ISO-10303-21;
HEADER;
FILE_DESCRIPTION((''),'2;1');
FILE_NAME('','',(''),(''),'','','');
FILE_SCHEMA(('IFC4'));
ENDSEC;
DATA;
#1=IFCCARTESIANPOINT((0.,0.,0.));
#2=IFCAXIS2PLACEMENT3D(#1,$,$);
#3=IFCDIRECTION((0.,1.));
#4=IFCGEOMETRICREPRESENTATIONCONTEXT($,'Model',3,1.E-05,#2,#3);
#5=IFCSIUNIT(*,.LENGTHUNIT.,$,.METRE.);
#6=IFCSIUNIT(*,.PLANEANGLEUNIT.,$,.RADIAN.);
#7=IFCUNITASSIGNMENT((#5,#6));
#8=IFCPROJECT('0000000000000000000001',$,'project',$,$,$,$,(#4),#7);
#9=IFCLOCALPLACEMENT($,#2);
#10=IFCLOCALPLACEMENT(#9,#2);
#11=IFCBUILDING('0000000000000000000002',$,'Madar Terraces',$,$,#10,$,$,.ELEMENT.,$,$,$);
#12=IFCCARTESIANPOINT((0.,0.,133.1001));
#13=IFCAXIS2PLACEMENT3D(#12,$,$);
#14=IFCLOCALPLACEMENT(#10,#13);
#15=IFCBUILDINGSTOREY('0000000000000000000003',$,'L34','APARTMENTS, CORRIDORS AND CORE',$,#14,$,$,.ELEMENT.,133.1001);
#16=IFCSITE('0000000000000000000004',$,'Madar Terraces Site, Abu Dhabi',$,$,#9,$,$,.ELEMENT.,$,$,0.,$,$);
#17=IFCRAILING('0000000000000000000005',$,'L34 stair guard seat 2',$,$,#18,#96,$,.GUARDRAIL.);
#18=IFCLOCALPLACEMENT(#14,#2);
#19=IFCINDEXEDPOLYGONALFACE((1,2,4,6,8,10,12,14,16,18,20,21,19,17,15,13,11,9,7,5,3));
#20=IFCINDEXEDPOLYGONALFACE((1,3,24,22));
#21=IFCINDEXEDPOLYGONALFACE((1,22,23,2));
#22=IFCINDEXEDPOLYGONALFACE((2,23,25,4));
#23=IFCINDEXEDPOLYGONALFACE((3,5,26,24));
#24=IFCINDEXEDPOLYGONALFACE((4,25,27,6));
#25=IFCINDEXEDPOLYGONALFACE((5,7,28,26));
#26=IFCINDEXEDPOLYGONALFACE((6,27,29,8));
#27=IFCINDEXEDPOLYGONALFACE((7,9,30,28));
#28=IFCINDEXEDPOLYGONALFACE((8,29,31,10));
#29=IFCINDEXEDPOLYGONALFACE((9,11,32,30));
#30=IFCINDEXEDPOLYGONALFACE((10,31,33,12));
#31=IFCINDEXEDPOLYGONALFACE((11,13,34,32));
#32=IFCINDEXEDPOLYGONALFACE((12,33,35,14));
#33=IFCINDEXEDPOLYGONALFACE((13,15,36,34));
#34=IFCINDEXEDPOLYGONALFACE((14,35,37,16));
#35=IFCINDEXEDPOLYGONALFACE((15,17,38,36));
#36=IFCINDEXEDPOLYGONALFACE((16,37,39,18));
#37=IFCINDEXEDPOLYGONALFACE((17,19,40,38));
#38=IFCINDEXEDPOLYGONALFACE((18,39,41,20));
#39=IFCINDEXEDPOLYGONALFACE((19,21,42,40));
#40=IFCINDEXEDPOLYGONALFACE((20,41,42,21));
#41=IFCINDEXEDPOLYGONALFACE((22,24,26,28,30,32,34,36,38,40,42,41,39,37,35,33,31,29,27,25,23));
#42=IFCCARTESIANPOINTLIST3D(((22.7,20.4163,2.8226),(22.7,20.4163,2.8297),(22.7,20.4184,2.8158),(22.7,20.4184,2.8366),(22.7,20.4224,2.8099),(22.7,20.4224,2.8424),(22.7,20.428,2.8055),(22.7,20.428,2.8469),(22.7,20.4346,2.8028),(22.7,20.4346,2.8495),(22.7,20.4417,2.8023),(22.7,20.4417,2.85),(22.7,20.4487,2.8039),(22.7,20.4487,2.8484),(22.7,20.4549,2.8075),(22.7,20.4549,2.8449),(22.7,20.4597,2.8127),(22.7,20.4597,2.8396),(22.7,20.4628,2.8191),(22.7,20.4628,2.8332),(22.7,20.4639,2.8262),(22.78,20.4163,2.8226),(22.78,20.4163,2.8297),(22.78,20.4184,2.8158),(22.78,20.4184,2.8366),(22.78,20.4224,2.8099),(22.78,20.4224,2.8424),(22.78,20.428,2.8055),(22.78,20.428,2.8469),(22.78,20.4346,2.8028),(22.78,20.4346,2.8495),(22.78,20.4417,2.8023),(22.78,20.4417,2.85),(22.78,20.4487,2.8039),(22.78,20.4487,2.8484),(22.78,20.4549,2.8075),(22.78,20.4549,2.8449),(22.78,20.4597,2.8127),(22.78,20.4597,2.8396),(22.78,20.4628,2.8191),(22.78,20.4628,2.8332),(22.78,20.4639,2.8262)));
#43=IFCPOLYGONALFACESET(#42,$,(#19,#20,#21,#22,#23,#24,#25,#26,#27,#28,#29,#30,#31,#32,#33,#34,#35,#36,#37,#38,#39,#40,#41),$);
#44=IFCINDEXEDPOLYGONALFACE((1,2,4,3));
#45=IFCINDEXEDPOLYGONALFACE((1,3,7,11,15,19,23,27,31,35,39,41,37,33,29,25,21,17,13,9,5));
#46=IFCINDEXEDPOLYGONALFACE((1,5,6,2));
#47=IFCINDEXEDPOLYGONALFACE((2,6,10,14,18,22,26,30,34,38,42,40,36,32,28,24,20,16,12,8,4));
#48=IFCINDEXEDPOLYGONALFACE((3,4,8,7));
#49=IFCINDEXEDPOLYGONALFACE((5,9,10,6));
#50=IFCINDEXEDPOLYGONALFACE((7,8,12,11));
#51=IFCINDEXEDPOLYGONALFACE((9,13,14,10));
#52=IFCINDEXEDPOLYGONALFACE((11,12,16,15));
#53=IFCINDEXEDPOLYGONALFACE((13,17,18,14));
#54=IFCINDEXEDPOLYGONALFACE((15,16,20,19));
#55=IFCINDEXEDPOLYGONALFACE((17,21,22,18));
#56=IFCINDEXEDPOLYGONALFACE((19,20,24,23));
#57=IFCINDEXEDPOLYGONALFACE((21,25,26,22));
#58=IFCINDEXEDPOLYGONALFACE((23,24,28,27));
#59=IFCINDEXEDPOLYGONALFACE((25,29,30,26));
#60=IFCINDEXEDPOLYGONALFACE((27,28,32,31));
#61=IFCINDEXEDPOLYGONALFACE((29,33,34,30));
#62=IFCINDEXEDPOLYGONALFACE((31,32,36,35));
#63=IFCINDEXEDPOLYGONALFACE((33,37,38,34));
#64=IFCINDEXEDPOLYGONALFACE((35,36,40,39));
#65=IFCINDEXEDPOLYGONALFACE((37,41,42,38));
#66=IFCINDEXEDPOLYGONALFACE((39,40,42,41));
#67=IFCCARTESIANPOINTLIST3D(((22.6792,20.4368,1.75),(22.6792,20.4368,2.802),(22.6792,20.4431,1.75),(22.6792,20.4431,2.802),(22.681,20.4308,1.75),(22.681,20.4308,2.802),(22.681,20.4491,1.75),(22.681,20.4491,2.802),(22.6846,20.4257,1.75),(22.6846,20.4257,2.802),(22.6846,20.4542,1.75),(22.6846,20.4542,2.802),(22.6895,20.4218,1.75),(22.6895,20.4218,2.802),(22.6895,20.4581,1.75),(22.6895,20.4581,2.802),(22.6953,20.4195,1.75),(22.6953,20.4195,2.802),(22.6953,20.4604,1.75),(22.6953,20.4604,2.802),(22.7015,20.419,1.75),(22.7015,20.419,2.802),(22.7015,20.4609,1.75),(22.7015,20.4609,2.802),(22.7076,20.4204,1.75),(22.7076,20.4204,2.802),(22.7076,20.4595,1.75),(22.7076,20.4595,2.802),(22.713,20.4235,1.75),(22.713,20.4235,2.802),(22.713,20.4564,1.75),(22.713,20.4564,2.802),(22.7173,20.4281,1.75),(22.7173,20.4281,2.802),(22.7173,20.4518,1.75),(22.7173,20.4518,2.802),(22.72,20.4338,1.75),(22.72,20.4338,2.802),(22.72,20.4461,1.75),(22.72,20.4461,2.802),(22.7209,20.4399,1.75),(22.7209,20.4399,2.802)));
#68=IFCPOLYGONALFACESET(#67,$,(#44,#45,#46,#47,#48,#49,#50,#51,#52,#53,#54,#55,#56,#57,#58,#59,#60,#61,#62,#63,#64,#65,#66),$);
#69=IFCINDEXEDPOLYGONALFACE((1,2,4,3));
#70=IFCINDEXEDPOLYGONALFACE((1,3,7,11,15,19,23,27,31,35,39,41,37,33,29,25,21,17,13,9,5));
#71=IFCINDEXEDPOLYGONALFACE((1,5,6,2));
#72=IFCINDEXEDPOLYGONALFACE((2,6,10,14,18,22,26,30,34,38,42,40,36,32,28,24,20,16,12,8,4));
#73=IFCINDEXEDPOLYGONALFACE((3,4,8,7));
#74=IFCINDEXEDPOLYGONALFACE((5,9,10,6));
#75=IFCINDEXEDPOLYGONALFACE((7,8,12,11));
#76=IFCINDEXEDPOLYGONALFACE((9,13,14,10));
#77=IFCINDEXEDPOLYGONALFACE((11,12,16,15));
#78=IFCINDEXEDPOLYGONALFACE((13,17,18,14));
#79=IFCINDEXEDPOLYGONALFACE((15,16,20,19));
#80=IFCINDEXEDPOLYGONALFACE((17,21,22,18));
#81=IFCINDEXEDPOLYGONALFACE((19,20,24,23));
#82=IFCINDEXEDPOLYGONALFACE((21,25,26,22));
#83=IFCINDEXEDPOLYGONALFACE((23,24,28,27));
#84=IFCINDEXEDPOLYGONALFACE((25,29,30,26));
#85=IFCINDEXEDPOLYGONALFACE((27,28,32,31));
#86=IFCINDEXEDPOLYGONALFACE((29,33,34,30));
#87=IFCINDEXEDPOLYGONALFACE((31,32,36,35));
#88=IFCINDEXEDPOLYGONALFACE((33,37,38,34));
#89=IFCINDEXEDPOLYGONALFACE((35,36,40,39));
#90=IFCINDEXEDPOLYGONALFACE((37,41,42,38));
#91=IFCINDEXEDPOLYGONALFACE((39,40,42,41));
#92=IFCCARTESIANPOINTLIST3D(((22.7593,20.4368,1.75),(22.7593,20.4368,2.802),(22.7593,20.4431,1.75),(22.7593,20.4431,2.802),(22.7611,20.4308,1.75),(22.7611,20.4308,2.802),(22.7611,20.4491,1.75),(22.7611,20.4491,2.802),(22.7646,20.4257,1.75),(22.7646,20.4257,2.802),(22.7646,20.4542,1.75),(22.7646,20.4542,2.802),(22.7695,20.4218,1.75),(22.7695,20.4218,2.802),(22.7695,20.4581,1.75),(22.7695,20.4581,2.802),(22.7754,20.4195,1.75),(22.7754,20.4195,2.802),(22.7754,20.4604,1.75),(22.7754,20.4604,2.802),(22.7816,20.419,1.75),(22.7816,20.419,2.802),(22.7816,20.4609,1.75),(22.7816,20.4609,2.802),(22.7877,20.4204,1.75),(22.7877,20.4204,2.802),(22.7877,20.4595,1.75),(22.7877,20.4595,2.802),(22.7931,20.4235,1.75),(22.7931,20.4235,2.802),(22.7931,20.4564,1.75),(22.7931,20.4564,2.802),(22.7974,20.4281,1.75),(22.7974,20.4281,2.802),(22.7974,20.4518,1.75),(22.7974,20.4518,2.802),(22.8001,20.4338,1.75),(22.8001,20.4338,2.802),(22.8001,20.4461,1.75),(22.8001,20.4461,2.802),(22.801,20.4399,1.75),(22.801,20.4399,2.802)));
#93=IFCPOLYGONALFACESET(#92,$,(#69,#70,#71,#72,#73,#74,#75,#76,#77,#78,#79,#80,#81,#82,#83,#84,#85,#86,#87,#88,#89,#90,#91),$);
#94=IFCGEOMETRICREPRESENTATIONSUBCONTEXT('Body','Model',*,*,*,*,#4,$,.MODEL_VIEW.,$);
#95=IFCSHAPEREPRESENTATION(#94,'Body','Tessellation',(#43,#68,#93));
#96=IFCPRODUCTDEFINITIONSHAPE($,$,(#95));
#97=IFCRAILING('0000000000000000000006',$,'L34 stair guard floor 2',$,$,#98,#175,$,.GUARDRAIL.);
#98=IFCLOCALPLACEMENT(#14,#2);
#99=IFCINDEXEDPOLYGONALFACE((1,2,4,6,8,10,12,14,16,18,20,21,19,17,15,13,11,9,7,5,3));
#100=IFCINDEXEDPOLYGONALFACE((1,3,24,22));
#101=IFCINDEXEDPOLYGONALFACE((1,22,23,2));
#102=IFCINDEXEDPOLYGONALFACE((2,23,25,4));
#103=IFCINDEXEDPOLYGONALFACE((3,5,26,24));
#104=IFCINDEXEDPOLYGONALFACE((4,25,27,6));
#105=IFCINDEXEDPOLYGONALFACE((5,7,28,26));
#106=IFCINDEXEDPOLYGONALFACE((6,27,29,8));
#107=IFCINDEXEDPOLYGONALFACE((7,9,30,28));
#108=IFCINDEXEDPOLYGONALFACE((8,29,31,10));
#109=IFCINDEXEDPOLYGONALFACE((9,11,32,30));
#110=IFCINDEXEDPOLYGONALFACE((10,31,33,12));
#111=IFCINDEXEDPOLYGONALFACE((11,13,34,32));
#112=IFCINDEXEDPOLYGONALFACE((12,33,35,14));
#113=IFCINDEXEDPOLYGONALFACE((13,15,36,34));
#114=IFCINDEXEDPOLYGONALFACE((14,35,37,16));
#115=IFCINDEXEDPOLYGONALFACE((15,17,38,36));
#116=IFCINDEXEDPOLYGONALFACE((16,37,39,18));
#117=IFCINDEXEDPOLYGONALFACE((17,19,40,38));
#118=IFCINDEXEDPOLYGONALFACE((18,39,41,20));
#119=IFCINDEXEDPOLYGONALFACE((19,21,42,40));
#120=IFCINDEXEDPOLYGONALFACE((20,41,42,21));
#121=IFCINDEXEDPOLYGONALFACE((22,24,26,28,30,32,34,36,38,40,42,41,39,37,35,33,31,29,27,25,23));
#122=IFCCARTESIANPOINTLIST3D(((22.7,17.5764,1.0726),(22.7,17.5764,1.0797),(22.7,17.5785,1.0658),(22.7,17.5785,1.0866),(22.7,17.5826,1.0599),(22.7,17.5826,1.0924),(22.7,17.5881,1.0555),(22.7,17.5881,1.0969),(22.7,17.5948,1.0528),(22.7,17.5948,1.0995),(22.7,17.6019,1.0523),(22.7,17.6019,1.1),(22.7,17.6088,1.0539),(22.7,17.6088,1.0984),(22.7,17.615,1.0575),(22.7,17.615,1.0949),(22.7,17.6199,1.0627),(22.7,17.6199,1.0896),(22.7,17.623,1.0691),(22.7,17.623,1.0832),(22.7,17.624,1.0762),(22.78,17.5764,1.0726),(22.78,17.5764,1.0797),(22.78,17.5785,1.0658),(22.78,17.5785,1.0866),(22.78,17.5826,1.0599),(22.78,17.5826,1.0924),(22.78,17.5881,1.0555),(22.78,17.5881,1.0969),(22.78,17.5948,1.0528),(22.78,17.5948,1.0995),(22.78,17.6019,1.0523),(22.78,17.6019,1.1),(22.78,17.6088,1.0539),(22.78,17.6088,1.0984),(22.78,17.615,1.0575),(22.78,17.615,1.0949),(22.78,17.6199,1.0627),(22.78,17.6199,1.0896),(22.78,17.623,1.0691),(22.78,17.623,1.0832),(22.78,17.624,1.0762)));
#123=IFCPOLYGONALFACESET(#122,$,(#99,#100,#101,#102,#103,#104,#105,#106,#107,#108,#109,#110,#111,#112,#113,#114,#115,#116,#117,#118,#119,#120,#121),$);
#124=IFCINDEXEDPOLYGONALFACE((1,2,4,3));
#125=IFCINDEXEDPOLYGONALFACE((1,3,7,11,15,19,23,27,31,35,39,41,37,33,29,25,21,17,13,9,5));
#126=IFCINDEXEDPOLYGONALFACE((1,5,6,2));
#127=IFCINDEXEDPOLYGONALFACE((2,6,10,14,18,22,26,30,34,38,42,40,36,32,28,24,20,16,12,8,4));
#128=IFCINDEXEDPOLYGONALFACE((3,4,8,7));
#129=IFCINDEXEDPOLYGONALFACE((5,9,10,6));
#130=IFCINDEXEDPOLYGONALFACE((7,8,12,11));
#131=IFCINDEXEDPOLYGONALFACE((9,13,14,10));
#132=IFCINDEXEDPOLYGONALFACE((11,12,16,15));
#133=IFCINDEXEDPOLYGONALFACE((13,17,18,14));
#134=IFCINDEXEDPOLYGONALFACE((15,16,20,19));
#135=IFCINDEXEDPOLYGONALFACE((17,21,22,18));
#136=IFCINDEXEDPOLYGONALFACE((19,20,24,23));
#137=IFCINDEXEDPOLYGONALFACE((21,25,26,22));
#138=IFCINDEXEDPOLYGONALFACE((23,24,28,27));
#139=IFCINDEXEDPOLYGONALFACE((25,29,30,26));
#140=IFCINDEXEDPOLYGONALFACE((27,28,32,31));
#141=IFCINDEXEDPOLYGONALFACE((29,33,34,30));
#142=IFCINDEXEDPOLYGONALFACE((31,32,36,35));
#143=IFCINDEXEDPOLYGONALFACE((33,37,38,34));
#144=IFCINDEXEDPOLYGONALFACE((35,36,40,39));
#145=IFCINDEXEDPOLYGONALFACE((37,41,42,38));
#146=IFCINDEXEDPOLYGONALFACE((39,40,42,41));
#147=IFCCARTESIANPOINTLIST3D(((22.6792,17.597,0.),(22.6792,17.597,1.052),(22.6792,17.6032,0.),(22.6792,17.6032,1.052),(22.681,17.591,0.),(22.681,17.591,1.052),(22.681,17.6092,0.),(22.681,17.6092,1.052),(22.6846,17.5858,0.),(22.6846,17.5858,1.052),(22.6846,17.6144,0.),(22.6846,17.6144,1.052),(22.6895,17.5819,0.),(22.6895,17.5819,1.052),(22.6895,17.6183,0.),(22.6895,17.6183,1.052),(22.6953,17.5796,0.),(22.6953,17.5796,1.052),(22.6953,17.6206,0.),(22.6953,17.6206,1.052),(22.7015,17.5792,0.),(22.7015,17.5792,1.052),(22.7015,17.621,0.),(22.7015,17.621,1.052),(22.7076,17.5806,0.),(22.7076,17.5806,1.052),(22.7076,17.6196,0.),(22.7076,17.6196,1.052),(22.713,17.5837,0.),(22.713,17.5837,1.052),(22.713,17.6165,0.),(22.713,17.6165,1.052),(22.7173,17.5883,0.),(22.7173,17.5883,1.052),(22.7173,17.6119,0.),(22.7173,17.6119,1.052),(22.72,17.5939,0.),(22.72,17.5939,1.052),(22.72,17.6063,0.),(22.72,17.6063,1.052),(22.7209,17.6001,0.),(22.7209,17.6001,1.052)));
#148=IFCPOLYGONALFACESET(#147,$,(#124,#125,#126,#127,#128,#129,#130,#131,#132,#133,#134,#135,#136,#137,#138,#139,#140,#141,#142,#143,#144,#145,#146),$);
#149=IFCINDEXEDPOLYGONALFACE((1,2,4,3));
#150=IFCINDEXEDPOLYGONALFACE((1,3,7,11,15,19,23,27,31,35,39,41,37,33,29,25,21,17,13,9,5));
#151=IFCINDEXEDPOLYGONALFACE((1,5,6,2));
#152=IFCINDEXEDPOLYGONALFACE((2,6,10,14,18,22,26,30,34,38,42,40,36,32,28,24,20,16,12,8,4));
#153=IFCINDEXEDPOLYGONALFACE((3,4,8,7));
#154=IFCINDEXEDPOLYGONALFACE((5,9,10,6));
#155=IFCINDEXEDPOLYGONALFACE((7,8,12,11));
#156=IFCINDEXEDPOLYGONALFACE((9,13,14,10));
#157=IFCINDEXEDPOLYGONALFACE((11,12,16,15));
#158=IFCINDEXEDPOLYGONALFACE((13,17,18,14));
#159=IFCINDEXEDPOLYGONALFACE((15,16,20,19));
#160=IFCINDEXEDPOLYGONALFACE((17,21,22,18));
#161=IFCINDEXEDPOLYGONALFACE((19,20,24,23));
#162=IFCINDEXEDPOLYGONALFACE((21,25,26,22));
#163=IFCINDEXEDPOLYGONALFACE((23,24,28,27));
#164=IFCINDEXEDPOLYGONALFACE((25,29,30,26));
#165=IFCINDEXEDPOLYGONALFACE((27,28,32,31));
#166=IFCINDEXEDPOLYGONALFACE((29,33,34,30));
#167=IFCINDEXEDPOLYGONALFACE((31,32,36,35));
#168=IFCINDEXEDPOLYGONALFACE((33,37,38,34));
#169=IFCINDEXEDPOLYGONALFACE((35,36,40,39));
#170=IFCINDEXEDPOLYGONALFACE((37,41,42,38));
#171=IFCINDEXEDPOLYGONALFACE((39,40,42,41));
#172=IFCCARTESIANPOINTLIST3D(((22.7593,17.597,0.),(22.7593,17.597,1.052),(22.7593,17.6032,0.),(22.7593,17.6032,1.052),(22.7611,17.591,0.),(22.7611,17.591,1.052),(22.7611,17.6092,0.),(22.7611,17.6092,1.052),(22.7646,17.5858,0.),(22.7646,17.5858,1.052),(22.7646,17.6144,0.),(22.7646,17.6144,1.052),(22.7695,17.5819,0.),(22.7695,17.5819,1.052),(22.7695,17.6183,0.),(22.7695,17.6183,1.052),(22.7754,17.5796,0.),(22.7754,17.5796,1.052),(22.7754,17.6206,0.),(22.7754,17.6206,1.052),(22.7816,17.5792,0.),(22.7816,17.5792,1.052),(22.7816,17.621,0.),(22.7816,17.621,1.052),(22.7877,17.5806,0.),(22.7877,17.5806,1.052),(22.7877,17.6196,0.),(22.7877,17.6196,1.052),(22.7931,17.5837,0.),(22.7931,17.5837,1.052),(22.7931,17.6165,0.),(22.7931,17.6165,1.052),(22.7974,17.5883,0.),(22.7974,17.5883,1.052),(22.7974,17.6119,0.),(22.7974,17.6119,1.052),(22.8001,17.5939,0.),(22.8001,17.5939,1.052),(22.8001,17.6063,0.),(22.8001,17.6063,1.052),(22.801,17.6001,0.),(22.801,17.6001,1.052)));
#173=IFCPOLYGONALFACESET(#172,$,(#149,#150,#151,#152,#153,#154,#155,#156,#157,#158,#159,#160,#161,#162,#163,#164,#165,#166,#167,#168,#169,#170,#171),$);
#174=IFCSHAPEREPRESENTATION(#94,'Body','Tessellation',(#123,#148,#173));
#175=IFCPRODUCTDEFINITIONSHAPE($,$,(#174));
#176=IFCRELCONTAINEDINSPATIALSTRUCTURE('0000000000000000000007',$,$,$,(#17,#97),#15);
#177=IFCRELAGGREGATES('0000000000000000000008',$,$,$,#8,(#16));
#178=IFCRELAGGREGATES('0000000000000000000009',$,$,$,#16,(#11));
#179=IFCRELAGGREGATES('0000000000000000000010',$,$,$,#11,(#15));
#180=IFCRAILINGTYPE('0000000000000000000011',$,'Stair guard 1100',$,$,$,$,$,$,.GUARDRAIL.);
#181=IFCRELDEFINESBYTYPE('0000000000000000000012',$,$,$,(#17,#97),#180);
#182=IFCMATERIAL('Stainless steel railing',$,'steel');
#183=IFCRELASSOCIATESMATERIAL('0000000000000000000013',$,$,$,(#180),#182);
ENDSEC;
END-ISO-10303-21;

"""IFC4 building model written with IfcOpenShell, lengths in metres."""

from ifc_helpers import new_model, si_unit, direction, frame, origin, origin_2d, place, context, subcontext, project, spatial, circle, extrude, material, type_object, element, save


model = new_model("IFC4")

# Units and contexts
model_context = context("Model", 3, precision=1e-05, world=origin(), true_north=direction((0.0, 1.0)))
body_context = subcontext(model_context, "Body", "Model", "MODEL_VIEW")
ifc_project = project(units=[si_unit("LENGTHUNIT", "METRE"), si_unit("PLANEANGLEUNIT", "RADIAN")], contexts=[model_context])

# Site, building, storey
site_placement = place(None, origin())
site = spatial("IfcSite", under=ifc_project, at=site_placement, Name="Madar Terraces Site, Abu Dhabi", CompositionType="ELEMENT", RefElevation=0.0)
building_placement = place(site_placement, origin())
building = spatial("IfcBuilding", under=site, at=building_placement, Name="Madar Terraces", CompositionType="ELEMENT")
storey_placement = place(building_placement, frame((0.0, 0.0, 133.1001)))
storey = spatial("IfcBuildingStorey", under=building, at=storey_placement, Name="L34", Description="APARTMENTS, CORRIDORS AND CORE", CompositionType="ELEMENT", Elevation=133.1001)

# Railings
ifc_material_1 = material(Name="Stainless steel railing", Category="steel")
railing_type_1 = type_object("IfcRailingType", Name="Stair guard 1100", PredefinedType="GUARDRAIL", material=ifc_material_1)
for number, where, name in (
    (1, (22.7, 20.4399, 1.75), "L34 stair guard seat 2"),
    (2, (22.7, 17.6001, 0.0), "L34 stair guard floor 2"),
):
    element("IfcRailing", number, at=place(storey_placement, frame(where)), inside=storey, type_object=railing_type_1, Name=name, PredefinedType="GUARDRAIL", context=body_context, shape_type="SweptSolid", body=[
        extrude(circle(Radius=0.0239, at=origin_2d()), frame((0.0, 0.0, 1.0762), z_axis=(1.0, 0.0, 0.0), x_axis=(0.0, 1.0, 0.0)), (0.0, 0.0, 1.0), 0.0801),
        extrude(circle(Radius=0.021, at=origin_2d()), origin(), (0.0, 0.0, 1.0), 1.052),
        extrude(circle(Radius=0.021, at=origin_2d()), frame((0.0801, 0.0, 0.0)), (0.0, 0.0, 1.0), 1.052),
    ])

save(model, "model.ifc")
